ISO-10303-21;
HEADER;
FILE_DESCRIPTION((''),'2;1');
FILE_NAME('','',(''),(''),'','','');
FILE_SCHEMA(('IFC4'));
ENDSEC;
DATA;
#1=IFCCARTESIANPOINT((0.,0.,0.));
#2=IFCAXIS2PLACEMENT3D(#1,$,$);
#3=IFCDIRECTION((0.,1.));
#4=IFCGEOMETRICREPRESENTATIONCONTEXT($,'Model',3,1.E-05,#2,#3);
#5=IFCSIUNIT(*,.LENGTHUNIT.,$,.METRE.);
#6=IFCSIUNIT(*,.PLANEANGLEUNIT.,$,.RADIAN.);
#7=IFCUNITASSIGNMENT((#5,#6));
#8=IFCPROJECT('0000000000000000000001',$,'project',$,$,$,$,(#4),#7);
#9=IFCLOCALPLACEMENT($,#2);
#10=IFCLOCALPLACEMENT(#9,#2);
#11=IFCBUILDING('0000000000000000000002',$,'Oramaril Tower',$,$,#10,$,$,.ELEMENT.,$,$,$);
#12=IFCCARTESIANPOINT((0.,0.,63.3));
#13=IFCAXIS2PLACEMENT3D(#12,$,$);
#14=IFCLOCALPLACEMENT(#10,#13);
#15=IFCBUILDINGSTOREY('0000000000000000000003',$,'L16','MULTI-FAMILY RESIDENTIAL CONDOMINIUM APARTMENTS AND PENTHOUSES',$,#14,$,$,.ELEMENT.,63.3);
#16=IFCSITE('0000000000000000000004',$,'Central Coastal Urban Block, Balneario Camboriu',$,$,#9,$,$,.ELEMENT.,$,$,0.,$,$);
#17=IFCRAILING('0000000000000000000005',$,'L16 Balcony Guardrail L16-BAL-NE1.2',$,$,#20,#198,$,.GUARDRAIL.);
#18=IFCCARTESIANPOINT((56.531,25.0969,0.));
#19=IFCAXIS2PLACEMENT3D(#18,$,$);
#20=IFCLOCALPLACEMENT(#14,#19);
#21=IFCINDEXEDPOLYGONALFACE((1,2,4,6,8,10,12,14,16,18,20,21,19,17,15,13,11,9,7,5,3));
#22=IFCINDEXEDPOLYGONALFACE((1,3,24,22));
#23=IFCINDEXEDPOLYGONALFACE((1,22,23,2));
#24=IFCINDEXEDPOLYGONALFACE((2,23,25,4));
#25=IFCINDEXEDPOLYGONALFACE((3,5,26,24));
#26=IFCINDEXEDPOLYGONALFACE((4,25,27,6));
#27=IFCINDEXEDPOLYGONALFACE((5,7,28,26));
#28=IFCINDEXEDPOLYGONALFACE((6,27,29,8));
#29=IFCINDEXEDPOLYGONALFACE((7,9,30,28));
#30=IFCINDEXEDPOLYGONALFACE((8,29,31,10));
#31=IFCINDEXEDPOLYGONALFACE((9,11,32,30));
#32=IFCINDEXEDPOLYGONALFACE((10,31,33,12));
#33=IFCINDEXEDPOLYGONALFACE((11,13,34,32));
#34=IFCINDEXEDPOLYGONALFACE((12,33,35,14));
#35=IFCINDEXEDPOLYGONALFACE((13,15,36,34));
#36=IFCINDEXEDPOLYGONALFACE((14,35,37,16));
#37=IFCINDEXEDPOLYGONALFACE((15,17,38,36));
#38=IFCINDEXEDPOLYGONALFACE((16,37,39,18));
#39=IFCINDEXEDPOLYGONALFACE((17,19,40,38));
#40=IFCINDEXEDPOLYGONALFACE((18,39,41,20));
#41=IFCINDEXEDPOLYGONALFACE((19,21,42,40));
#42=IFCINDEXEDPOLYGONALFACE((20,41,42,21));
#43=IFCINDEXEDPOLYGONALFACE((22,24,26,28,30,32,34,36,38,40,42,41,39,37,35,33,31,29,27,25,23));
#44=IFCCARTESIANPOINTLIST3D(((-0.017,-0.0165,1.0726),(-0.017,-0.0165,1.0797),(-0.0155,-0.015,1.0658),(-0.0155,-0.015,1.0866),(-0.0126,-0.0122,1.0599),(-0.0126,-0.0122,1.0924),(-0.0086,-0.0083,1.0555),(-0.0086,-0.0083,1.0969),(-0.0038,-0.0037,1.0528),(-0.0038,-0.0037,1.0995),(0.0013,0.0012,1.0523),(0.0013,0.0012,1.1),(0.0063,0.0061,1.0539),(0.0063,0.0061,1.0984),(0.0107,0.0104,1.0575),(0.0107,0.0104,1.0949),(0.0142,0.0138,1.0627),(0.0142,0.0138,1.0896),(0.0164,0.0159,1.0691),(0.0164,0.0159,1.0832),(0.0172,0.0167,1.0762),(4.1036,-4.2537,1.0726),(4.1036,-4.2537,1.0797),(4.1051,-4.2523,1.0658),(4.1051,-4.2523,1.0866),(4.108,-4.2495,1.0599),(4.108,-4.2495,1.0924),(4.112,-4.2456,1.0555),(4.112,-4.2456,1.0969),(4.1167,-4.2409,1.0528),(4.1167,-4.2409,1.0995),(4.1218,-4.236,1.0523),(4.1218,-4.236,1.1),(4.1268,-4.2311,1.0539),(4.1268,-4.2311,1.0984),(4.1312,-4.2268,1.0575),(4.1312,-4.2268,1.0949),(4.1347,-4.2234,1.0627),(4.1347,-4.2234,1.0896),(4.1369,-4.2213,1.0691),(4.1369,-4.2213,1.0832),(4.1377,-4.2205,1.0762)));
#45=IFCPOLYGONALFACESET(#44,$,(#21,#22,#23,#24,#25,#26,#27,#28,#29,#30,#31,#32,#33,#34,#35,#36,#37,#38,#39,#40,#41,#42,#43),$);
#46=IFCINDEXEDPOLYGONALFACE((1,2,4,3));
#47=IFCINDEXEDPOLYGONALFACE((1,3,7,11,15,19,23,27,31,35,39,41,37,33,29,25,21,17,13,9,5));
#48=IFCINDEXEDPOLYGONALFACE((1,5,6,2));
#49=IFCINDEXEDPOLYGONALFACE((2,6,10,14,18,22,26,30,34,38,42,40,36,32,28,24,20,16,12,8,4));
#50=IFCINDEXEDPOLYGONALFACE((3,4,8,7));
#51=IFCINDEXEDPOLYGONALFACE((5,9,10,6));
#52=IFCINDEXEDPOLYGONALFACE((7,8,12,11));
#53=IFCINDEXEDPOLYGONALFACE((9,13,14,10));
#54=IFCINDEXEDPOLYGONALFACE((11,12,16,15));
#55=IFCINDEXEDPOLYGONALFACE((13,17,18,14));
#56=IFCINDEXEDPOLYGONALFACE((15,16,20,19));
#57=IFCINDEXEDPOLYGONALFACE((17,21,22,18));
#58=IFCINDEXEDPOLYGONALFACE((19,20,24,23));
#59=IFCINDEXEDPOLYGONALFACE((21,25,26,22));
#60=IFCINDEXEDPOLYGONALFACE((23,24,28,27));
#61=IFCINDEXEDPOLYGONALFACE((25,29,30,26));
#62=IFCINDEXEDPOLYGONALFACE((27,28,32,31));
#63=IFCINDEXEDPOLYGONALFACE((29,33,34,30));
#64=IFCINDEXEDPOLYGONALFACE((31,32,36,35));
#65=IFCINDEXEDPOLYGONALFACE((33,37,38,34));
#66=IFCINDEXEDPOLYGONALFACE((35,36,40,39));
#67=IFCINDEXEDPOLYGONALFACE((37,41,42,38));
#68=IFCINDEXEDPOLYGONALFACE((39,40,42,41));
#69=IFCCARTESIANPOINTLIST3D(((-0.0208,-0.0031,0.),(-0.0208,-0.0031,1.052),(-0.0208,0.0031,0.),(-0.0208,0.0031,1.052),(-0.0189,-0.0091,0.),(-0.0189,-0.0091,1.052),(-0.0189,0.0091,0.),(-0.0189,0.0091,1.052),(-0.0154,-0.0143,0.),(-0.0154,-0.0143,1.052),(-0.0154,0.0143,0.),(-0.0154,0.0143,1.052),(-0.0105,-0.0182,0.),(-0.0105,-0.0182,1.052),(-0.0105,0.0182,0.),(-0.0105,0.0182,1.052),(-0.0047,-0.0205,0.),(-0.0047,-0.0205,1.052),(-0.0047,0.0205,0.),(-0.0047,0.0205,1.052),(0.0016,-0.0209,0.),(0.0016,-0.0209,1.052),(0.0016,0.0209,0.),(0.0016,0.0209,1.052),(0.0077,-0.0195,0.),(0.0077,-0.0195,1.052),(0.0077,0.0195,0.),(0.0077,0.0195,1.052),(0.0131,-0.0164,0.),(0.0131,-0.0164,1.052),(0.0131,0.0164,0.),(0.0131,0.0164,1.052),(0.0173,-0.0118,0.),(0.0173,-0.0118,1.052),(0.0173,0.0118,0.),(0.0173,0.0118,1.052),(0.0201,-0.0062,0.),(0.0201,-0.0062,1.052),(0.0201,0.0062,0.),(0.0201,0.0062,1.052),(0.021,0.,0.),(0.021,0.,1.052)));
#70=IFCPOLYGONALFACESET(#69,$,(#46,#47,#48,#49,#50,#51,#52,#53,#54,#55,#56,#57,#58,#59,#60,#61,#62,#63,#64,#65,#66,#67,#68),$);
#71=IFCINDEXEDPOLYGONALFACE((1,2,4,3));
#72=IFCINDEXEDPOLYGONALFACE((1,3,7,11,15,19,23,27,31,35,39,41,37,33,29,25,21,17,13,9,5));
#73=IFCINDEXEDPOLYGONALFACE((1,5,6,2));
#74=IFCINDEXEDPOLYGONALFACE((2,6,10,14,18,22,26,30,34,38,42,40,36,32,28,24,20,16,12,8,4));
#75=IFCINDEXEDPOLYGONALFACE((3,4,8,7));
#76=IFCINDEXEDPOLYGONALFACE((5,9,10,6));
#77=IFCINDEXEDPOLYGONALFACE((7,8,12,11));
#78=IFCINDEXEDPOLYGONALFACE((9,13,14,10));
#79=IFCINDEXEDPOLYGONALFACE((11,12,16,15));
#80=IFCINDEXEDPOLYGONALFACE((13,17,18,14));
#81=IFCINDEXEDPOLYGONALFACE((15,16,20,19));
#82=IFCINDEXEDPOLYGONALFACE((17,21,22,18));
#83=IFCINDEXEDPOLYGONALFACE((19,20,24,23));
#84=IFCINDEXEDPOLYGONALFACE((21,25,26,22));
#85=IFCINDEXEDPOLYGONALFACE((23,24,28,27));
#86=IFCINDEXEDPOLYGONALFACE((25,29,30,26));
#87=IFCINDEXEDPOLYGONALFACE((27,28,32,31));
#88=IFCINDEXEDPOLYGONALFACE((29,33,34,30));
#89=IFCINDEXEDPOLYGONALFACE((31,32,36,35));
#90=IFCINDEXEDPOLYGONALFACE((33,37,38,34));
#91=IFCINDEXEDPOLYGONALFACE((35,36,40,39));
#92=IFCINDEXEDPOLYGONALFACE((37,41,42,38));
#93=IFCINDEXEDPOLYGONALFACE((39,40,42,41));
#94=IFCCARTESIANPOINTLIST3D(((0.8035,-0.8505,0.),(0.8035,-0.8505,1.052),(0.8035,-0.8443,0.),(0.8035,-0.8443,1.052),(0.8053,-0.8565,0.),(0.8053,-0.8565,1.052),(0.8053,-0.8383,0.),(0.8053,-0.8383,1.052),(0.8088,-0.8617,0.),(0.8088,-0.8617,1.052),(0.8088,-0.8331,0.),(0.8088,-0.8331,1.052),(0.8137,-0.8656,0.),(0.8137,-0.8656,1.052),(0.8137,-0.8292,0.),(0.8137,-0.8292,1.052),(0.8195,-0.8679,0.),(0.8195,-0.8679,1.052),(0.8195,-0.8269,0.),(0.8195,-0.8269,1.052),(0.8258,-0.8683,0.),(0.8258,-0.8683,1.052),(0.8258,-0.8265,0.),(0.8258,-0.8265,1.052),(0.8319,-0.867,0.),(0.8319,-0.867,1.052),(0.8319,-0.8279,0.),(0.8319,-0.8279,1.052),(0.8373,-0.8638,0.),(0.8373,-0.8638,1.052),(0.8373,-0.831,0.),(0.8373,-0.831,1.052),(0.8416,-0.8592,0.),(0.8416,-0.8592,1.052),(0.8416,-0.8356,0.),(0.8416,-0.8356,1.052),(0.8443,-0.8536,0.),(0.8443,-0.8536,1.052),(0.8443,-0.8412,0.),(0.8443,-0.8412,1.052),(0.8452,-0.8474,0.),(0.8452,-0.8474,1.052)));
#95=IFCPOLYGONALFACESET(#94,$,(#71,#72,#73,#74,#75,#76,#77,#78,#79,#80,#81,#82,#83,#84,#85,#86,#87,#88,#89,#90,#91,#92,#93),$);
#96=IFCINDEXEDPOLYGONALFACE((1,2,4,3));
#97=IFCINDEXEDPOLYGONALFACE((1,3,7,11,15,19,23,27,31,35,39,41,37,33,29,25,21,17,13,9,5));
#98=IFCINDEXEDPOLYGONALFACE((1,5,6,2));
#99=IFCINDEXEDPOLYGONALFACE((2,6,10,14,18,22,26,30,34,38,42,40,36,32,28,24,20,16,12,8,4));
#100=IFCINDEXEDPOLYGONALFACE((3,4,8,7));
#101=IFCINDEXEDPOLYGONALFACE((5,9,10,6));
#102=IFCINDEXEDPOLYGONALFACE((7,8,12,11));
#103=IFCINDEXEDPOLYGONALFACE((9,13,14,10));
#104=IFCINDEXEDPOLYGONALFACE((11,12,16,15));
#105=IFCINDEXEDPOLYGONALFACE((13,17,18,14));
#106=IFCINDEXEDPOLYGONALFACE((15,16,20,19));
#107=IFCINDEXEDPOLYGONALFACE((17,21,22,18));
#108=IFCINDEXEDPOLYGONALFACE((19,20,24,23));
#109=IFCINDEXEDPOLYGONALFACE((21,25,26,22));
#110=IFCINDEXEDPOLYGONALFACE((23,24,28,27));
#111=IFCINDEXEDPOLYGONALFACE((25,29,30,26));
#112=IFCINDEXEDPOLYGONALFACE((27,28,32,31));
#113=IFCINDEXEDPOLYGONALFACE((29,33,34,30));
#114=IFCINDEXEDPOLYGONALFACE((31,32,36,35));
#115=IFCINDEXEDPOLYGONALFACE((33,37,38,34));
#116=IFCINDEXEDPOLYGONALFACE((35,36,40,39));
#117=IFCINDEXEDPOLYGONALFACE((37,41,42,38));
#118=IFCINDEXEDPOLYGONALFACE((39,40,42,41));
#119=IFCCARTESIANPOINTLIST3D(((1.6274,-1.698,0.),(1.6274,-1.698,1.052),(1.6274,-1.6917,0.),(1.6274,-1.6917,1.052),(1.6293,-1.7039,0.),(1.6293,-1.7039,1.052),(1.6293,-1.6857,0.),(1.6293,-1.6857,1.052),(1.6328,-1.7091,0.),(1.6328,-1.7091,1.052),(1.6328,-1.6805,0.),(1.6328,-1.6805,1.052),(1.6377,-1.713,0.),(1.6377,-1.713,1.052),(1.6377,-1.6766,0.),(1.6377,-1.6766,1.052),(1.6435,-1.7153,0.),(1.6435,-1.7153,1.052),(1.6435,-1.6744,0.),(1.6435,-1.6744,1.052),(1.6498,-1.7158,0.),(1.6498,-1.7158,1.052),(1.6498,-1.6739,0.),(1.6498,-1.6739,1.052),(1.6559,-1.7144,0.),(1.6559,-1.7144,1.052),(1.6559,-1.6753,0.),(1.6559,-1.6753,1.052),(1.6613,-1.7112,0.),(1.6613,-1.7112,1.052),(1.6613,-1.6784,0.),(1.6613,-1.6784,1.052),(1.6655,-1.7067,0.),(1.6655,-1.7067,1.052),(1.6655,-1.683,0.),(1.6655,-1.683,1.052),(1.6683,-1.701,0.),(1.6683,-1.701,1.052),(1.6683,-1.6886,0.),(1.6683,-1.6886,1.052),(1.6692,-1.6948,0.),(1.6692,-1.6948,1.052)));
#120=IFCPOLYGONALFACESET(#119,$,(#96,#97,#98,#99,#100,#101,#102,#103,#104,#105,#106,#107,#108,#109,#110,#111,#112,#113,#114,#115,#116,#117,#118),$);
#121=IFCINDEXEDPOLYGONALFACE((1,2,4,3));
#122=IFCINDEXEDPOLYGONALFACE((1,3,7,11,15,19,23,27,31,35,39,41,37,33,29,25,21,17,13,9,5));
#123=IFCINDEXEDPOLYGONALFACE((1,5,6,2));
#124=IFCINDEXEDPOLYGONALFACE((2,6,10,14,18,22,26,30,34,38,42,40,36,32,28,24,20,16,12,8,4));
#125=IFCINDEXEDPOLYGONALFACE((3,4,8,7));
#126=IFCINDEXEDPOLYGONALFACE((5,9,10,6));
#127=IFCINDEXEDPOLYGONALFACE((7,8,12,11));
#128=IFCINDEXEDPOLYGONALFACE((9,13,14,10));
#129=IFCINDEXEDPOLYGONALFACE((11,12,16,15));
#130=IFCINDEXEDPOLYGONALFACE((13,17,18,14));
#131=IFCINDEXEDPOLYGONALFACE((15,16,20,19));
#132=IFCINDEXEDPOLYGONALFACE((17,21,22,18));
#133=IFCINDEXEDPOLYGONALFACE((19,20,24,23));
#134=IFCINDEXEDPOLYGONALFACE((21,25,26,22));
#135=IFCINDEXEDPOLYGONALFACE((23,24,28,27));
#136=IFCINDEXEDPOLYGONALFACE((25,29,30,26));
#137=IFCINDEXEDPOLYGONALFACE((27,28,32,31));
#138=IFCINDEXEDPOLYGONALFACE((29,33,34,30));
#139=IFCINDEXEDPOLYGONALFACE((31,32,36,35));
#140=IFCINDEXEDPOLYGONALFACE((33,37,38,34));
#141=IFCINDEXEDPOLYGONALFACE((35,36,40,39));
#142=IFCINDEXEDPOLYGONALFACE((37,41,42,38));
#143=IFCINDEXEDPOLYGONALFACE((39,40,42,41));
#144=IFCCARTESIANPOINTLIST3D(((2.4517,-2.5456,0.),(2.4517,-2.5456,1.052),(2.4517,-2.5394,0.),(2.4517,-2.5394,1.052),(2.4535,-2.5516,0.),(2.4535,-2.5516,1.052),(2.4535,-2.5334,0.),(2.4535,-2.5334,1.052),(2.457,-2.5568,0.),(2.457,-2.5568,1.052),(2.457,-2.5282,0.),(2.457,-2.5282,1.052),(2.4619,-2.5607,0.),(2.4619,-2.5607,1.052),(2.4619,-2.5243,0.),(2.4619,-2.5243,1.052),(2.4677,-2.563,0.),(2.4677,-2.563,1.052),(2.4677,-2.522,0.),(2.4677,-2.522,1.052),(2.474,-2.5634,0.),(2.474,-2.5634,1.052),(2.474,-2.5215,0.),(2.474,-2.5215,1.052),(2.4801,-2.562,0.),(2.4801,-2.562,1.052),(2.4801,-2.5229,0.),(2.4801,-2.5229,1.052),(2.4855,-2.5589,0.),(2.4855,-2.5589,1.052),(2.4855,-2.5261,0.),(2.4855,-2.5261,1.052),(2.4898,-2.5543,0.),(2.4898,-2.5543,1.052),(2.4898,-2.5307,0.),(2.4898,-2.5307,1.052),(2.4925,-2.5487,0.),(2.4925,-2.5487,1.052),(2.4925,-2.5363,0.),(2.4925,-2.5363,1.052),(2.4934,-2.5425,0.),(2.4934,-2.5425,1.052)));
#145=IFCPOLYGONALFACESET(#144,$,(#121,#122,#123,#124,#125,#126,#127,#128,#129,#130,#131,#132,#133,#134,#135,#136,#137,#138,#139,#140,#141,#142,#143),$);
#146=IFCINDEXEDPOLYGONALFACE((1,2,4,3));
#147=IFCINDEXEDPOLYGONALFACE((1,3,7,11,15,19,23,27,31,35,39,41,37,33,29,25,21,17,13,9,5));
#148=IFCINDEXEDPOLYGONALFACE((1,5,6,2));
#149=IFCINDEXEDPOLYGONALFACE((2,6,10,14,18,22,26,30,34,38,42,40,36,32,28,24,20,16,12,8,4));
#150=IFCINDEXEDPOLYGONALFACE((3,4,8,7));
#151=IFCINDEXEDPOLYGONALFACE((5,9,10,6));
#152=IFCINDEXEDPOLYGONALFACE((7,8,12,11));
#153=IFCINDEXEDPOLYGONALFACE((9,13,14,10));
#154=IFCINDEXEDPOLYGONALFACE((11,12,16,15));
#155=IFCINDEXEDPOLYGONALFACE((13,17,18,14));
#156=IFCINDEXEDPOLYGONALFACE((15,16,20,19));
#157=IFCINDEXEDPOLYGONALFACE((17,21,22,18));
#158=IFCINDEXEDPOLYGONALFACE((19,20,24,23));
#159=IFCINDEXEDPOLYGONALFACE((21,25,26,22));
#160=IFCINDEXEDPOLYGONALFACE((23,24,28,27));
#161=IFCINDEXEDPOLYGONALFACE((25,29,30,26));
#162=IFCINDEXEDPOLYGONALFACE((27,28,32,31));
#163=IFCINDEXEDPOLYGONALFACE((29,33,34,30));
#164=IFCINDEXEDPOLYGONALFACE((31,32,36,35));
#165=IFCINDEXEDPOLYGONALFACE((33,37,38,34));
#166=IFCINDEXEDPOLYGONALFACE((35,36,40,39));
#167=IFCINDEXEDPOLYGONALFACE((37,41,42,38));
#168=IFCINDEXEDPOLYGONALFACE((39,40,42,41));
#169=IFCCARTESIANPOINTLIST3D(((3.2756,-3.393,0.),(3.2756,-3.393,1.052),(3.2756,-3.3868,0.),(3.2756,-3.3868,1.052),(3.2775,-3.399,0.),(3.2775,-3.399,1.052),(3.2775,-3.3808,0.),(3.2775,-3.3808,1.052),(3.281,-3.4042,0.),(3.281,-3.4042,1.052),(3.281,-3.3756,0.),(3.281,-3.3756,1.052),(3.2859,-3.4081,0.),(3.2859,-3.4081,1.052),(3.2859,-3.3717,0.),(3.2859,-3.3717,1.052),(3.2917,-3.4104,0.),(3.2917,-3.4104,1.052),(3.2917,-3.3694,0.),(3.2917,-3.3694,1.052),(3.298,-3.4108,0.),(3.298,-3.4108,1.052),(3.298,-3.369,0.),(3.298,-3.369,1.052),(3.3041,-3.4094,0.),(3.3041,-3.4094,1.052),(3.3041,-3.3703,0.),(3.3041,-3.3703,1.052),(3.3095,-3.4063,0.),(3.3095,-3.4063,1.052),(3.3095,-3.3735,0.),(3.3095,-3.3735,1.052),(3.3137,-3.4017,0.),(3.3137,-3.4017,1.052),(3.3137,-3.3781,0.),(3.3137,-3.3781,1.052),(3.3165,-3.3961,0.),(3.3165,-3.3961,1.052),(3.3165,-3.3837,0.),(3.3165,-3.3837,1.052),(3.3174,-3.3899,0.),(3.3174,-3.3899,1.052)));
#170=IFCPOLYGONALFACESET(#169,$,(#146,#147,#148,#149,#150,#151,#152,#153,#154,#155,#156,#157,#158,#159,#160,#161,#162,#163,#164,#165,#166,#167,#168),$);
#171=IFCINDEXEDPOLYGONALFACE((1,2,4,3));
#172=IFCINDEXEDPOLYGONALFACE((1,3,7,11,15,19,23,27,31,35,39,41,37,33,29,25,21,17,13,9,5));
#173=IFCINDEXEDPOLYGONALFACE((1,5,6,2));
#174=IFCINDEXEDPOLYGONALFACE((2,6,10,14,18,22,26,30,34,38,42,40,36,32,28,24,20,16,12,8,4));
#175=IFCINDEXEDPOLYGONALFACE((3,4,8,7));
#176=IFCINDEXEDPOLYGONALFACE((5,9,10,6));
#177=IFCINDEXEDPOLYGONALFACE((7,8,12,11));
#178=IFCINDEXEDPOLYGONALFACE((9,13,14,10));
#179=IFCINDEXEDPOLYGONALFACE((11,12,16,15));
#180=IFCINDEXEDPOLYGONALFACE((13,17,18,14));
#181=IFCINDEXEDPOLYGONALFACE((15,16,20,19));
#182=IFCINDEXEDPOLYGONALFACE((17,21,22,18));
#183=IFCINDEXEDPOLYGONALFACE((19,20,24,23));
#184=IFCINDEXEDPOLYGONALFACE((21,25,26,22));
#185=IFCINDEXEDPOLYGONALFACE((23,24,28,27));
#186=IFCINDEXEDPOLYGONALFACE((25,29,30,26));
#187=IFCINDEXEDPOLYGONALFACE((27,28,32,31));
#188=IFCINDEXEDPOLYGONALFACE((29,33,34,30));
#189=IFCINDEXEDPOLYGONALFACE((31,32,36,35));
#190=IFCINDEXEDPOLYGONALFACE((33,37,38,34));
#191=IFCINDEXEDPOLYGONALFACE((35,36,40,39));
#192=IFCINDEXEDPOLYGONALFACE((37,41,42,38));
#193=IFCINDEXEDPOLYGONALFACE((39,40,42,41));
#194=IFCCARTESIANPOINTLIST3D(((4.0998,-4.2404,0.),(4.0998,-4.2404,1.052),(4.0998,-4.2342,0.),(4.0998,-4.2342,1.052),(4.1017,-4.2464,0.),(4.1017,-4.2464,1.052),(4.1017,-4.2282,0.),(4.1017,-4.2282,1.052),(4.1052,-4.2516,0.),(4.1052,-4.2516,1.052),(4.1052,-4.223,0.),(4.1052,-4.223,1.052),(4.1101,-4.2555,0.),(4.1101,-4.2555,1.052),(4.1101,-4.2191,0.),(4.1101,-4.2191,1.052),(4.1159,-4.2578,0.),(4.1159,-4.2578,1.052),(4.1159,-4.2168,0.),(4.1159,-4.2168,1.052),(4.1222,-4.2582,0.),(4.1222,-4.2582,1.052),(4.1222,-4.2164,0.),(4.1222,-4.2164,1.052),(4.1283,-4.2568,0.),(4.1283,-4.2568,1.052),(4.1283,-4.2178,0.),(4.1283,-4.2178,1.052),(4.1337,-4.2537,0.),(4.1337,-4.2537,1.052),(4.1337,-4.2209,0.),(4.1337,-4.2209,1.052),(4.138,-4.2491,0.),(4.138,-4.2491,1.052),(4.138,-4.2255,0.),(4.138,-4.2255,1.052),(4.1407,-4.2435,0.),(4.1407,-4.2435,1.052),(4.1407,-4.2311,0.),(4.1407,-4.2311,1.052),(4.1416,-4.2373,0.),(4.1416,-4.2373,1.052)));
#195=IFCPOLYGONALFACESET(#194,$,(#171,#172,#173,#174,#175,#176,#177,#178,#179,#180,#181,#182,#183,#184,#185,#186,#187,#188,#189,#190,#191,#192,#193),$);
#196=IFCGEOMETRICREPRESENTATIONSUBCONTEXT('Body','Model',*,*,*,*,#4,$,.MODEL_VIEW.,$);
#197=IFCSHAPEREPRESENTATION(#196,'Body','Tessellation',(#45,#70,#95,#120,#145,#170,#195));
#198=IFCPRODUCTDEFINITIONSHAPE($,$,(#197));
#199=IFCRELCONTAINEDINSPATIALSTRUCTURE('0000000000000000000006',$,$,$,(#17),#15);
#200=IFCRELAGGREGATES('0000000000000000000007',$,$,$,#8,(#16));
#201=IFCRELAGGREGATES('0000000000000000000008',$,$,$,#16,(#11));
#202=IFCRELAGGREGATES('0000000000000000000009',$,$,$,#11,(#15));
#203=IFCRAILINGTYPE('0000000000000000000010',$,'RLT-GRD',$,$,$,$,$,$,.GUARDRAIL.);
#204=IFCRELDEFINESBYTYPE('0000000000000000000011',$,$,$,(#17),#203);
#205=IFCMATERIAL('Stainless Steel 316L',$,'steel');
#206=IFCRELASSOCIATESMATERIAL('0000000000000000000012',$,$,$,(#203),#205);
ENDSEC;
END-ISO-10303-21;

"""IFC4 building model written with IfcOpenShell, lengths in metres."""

from ifc_helpers import new_model, si_unit, direction, frame, origin, origin_2d, place, context, subcontext, project, spatial, circle, extrude, material, type_object, element, save


model = new_model("IFC4")

# Units and contexts
model_context = context("Model", 3, precision=1e-05, world=origin(), true_north=direction((0.0, 1.0)))
body_context = subcontext(model_context, "Body", "Model", "MODEL_VIEW")
ifc_project = project(units=[si_unit("LENGTHUNIT", "METRE"), si_unit("PLANEANGLEUNIT", "RADIAN")], contexts=[model_context])

# Site, building, storey
site_placement = place(None, origin())
site = spatial("IfcSite", under=ifc_project, at=site_placement, Name="Central Coastal Urban Block, Balneario Camboriu", CompositionType="ELEMENT", RefElevation=0.0)
building_placement = place(site_placement, origin())
building = spatial("IfcBuilding", under=site, at=building_placement, Name="Oramaril Tower", CompositionType="ELEMENT")
storey_placement = place(building_placement, frame((0.0, 0.0, 63.3)))
storey = spatial("IfcBuildingStorey", under=building, at=storey_placement, Name="L16", Description="MULTI-FAMILY RESIDENTIAL CONDOMINIUM APARTMENTS AND PENTHOUSES", CompositionType="ELEMENT", Elevation=63.3)

# Railing
ifc_material_1 = material(Name="Stainless Steel 316L", Category="steel")
railing_type = type_object("IfcRailingType", Name="RLT-GRD", PredefinedType="GUARDRAIL", material=ifc_material_1)
railing_1_placement = place(storey_placement, frame((56.531, 25.0969, 0.0)))
element("IfcRailing", 1, at=railing_1_placement, inside=storey, type_object=railing_type, Name="L16 Balcony Guardrail L16-BAL-NE1.2", PredefinedType="GUARDRAIL", context=body_context, shape_type="SweptSolid", body=[
    extrude(circle(Radius=0.0239, at=origin_2d()), frame((0.0, 0.0, 1.0762), z_axis=(0.697166, -0.71691, 0.0), x_axis=(0.71691, 0.697166, 0.0)), (0.0, 0.0, 1.0), 5.9104),
    extrude(circle(Radius=0.021, at=origin_2d()), origin(), (0.0, 0.0, 1.0), 1.052),
    extrude(circle(Radius=0.021, at=origin_2d()), frame((0.8242, -0.8474, 0.0)), (0.0, 0.0, 1.0), 1.052),
    extrude(circle(Radius=0.021, at=origin_2d()), frame((1.6482, -1.6948, 0.0)), (0.0, 0.0, 1.0), 1.052),
    extrude(circle(Radius=0.021, at=origin_2d()), frame((2.4724, -2.5425, 0.0)), (0.0, 0.0, 1.0), 1.052),
    extrude(circle(Radius=0.021, at=origin_2d()), frame((3.2964, -3.3899, 0.0)), (0.0, 0.0, 1.0), 1.052),
    extrude(circle(Radius=0.021, at=origin_2d()), frame((4.1206, -4.2373, 0.0)), (0.0, 0.0, 1.0), 1.052),
])

save(model, "model.ifc")
